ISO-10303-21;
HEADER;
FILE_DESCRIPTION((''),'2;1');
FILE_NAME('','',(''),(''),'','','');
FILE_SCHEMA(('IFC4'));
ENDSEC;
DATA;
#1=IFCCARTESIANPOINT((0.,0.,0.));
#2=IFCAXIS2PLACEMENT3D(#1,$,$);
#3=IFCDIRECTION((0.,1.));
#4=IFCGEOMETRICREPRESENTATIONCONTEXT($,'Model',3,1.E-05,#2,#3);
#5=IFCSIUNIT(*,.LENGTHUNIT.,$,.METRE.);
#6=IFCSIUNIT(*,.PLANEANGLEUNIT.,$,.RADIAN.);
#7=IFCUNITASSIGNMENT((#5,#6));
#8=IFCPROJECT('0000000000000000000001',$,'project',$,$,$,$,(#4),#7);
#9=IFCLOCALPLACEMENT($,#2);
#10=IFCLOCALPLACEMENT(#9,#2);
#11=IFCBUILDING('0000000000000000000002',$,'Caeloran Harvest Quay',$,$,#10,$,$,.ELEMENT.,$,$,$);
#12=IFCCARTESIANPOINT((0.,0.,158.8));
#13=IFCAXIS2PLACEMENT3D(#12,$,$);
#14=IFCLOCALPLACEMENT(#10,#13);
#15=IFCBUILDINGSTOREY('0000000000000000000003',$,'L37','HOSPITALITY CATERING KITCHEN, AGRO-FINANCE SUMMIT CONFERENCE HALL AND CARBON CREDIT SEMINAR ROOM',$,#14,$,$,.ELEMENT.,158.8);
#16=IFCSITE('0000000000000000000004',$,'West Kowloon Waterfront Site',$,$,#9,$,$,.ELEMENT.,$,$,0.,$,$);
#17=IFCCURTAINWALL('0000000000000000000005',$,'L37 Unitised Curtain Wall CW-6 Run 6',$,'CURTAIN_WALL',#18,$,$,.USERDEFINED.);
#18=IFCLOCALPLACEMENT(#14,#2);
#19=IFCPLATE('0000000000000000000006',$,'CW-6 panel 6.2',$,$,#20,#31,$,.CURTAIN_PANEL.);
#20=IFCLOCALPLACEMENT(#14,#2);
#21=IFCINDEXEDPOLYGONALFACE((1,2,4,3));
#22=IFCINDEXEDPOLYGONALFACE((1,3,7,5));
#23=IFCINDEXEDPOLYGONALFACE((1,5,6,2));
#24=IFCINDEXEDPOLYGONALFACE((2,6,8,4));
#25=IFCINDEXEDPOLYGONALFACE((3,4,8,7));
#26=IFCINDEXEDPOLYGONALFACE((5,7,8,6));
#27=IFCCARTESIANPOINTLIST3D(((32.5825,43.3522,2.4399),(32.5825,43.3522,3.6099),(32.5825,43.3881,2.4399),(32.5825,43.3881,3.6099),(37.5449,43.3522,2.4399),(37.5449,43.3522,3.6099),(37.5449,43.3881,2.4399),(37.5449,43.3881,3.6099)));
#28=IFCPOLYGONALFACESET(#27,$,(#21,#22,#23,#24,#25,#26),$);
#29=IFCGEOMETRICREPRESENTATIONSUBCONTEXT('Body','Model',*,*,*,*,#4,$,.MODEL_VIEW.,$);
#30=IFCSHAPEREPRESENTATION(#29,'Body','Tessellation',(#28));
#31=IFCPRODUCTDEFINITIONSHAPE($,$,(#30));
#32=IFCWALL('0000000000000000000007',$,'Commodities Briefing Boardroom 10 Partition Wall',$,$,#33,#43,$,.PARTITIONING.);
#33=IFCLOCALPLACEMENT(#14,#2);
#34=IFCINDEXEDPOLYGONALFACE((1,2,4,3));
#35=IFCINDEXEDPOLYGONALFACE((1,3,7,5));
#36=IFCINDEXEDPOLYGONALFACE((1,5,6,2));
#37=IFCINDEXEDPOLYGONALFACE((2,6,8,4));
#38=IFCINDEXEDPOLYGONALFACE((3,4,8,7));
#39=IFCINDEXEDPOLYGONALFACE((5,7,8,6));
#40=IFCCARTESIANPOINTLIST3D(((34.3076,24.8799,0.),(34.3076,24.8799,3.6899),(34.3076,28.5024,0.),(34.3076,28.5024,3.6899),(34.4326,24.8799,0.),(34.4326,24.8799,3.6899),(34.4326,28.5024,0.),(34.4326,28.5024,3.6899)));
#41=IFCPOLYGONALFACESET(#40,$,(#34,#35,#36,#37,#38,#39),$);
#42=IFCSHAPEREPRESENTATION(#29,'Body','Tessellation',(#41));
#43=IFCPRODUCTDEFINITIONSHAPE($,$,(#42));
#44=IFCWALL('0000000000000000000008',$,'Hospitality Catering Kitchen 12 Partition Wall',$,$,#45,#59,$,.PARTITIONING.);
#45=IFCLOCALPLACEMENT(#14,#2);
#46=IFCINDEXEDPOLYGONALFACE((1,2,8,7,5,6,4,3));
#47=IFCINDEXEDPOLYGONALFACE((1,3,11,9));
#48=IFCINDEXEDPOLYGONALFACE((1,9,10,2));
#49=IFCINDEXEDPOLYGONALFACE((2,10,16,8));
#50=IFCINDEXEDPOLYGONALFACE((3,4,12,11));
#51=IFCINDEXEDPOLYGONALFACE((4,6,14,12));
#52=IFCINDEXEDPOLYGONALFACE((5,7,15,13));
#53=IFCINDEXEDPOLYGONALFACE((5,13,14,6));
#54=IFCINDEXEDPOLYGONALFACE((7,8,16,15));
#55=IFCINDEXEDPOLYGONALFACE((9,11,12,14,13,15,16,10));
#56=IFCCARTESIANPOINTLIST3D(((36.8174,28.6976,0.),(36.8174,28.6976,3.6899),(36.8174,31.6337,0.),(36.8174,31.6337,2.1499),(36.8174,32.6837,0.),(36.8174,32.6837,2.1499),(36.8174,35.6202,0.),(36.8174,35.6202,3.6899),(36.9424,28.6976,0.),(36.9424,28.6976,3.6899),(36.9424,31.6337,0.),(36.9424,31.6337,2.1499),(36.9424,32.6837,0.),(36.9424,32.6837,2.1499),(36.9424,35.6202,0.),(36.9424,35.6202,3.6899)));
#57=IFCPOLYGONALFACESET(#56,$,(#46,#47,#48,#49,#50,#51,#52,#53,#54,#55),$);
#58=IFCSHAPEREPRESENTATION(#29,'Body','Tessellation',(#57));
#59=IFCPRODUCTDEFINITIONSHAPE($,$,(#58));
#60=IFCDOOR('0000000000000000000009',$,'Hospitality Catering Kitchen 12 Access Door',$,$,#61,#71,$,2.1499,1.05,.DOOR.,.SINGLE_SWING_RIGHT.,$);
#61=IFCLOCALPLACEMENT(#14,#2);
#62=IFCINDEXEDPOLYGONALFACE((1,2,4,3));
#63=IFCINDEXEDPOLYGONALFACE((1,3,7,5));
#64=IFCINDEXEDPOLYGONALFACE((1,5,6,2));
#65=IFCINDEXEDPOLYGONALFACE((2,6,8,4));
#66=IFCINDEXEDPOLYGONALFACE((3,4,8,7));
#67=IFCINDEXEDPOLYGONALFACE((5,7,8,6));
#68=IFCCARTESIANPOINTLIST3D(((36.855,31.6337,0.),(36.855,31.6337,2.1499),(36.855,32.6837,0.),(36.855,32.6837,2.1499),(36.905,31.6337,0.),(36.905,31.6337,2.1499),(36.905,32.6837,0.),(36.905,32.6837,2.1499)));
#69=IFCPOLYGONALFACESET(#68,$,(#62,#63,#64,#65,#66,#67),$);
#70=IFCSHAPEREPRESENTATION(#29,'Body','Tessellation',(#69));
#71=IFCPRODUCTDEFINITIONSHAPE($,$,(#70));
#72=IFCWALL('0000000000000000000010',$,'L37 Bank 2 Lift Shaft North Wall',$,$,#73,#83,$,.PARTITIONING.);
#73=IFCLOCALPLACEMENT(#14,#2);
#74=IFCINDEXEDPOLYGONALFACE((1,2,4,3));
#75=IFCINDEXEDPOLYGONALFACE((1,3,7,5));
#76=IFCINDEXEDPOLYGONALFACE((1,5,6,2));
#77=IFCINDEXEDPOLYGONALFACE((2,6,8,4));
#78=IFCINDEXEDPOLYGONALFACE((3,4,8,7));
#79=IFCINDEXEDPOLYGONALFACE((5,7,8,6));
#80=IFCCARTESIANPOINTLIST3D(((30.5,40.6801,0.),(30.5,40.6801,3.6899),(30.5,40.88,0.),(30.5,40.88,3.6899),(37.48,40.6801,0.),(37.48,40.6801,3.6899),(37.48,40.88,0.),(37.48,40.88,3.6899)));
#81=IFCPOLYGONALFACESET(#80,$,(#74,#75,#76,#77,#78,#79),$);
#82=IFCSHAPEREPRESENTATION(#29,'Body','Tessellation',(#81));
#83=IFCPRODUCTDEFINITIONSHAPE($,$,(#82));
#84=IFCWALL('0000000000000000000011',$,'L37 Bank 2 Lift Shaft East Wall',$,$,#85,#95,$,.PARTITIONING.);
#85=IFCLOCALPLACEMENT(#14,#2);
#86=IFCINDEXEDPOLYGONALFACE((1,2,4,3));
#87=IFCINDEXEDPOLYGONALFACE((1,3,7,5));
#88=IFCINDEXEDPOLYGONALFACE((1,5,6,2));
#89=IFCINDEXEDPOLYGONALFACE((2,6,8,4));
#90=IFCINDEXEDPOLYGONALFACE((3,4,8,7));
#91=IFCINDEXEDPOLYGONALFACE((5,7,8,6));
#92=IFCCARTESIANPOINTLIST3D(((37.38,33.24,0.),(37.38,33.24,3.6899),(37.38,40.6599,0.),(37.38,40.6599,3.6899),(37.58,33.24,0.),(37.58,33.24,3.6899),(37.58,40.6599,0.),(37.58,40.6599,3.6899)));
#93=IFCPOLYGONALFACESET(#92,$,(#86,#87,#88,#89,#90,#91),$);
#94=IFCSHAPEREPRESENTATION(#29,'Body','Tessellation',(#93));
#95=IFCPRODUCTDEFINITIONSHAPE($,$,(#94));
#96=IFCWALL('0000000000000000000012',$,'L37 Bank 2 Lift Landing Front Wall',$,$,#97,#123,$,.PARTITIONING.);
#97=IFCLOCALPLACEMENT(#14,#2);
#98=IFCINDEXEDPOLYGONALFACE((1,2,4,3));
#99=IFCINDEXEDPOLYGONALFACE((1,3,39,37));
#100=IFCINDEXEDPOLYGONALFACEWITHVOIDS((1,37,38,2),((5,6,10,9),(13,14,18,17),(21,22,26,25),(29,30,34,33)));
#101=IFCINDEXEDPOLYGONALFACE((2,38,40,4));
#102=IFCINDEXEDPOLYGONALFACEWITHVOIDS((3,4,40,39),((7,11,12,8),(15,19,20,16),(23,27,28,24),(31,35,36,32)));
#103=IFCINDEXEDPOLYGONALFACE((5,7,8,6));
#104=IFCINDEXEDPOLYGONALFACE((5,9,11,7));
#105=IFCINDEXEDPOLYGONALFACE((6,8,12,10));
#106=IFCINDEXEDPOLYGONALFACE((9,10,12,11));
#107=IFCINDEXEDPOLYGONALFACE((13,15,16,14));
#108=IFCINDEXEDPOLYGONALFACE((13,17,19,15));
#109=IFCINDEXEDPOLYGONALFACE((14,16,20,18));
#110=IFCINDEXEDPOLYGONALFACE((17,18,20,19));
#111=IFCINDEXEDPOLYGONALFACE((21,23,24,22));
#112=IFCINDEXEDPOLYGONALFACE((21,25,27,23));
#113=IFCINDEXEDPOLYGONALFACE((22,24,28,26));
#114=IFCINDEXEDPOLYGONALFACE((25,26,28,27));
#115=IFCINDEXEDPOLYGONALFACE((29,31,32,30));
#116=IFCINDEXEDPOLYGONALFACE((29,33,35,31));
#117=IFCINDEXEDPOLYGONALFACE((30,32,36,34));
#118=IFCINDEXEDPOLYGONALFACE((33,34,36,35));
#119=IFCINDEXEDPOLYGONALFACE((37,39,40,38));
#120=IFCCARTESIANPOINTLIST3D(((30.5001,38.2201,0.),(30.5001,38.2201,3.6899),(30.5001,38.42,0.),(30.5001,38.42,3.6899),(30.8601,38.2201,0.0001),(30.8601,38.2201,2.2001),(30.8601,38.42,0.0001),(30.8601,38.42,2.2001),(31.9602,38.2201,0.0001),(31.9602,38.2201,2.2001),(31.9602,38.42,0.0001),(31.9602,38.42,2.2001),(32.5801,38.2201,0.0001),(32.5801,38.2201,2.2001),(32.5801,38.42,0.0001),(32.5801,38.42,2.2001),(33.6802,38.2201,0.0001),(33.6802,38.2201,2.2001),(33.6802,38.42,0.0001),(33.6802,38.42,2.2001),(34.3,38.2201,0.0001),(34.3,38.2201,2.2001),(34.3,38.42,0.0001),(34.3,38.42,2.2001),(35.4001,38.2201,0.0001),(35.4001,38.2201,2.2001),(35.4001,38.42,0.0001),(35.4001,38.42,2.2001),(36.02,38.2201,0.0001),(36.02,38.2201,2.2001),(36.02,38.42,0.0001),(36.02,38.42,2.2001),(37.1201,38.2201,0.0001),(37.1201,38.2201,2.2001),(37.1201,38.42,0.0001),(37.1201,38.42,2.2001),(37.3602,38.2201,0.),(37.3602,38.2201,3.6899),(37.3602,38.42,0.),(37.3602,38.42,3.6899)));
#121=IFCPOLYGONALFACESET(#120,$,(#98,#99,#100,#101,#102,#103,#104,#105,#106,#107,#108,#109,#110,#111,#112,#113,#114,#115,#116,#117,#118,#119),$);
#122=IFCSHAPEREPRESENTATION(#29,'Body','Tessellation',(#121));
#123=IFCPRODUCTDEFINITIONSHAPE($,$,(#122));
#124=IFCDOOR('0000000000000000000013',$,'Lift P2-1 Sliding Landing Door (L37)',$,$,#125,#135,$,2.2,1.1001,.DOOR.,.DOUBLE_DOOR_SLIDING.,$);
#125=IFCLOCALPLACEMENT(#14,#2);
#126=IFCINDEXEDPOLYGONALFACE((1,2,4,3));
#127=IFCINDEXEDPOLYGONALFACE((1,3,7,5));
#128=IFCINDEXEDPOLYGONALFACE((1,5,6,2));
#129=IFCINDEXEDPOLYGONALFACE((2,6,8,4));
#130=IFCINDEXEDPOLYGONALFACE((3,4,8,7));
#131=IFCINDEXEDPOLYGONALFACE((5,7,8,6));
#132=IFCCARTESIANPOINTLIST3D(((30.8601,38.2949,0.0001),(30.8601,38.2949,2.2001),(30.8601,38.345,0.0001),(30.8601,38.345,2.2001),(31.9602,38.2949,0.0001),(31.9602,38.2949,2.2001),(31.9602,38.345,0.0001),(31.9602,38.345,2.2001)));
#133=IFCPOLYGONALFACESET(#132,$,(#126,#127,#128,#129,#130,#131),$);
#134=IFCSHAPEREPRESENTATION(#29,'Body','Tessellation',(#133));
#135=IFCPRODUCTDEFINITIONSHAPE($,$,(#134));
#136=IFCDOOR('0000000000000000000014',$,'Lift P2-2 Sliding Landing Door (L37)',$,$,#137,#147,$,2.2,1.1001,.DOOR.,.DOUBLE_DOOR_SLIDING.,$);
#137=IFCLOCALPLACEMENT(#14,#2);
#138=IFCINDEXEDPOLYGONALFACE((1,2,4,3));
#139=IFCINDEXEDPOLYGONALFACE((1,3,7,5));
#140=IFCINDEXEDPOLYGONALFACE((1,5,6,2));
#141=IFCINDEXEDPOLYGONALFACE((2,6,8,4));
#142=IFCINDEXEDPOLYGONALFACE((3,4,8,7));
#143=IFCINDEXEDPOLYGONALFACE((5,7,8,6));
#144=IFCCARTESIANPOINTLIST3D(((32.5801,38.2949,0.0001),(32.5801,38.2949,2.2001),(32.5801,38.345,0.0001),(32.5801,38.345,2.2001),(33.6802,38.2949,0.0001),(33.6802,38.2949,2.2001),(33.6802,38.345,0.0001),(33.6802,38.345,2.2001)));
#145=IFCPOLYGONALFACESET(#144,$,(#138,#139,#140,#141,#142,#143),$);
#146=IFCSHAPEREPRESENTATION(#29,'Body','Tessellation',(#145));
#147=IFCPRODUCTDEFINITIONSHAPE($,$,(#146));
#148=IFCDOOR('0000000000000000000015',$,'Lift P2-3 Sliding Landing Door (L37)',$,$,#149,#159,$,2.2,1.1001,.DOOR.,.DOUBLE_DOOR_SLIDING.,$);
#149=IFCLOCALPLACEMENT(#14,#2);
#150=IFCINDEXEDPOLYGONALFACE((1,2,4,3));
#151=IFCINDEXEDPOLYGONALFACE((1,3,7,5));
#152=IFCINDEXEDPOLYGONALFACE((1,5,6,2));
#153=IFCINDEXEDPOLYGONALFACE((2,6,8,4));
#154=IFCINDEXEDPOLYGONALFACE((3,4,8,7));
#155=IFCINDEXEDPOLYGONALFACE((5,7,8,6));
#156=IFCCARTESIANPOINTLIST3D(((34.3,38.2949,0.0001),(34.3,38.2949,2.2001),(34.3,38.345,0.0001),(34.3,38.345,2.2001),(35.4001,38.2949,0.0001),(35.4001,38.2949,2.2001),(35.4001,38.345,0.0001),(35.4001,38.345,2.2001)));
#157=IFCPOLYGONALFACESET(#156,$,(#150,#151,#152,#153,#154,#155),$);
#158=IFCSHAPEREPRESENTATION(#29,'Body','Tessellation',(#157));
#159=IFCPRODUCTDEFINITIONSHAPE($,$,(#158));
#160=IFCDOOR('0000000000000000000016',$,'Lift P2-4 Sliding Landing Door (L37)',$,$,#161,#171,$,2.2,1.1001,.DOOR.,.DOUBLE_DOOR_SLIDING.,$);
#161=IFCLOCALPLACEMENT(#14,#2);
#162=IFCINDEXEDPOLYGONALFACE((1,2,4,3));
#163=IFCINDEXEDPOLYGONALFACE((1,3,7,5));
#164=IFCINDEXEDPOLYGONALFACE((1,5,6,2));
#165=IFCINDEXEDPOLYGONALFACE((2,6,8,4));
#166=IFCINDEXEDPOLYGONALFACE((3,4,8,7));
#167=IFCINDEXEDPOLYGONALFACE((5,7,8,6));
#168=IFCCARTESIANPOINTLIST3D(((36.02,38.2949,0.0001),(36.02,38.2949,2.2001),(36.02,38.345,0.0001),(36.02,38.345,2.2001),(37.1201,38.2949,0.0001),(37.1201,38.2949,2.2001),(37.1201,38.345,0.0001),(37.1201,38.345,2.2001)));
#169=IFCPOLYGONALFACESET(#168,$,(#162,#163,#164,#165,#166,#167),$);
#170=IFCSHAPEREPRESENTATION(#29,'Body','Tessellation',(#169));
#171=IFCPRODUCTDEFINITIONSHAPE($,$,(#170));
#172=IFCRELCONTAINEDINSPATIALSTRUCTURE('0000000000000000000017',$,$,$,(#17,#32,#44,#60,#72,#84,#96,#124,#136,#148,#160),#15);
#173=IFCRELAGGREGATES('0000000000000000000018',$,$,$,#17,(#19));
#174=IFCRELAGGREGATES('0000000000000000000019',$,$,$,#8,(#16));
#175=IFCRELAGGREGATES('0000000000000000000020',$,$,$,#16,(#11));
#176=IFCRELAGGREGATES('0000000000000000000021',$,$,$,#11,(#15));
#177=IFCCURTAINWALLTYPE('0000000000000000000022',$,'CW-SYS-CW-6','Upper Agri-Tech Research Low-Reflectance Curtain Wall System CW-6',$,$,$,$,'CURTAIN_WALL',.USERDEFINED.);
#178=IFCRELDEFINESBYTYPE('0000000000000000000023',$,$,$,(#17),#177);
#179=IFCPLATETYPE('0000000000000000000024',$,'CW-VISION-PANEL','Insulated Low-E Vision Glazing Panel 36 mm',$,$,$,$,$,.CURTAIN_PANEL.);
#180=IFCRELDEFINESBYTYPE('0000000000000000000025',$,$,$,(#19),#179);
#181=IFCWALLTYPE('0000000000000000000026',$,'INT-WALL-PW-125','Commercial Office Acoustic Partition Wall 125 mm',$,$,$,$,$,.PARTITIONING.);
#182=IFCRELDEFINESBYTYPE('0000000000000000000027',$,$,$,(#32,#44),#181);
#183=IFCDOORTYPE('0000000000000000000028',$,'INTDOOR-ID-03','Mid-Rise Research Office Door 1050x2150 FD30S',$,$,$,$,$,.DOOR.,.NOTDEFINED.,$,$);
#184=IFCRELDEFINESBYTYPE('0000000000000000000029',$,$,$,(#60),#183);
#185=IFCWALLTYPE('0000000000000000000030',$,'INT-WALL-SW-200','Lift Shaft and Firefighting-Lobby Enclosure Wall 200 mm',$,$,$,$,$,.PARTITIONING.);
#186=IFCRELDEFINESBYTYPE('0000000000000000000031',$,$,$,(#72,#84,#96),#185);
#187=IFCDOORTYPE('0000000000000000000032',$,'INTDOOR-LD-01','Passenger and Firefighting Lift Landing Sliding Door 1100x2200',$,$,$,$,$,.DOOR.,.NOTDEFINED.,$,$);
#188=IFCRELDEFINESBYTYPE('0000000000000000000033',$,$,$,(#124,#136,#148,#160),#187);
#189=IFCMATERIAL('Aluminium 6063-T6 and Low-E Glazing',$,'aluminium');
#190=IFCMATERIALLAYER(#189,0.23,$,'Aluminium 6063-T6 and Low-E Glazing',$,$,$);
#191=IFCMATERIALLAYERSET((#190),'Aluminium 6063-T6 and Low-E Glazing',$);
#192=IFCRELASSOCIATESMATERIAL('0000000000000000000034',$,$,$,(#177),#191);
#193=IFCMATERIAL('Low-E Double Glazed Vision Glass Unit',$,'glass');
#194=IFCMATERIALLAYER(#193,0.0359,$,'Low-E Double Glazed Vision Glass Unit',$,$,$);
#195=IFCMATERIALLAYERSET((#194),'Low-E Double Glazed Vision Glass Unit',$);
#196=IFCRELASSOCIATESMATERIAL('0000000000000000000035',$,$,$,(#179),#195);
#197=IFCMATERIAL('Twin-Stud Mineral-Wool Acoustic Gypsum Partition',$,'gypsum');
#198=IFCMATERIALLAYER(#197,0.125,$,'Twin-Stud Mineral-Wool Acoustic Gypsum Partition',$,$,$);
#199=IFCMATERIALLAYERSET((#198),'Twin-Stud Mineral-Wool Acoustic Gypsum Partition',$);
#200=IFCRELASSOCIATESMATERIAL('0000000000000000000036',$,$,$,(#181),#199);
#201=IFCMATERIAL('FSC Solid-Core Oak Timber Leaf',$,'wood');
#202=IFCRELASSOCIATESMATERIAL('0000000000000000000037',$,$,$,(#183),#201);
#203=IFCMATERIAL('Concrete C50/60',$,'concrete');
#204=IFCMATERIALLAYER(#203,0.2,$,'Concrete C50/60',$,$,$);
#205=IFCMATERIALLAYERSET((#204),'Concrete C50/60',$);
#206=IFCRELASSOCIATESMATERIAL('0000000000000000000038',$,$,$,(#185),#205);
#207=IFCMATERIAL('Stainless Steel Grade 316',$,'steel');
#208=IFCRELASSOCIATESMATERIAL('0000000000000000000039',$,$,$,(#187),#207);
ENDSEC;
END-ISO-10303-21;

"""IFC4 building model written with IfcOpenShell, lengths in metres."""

from ifc_helpers import new_model, si_unit, direction, frame, frame_2d, origin, origin_2d, place, context, subcontext, project, spatial, rectangle, extrude, material, layer, layer_set, type_object, element, fill, aggregate, save


model = new_model("IFC4")

# Units and contexts
model_context = context("Model", 3, precision=1e-05, world=origin(), true_north=direction((0.0, 1.0)))
body_context = subcontext(model_context, "Body", "Model", "MODEL_VIEW")
ifc_project = project(units=[si_unit("LENGTHUNIT", "METRE"), si_unit("PLANEANGLEUNIT", "RADIAN")], contexts=[model_context])

# Site, building, storey
site_placement = place(None, origin())
site = spatial("IfcSite", under=ifc_project, at=site_placement, Name="West Kowloon Waterfront Site", CompositionType="ELEMENT", RefElevation=0.0)
building_placement = place(site_placement, origin())
building = spatial("IfcBuilding", under=site, at=building_placement, Name="Caeloran Harvest Quay", CompositionType="ELEMENT")
storey_placement = place(building_placement, frame((0.0, 0.0, 158.8)))
storey = spatial("IfcBuildingStorey", under=building, at=storey_placement, Name="L37", Description="HOSPITALITY CATERING KITCHEN, AGRO-FINANCE SUMMIT CONFERENCE HALL AND CARBON CREDIT SEMINAR ROOM", CompositionType="ELEMENT", Elevation=158.8)

# Curtain wall, plate
ifc_material_1 = material(Name="Aluminium 6063-T6 and Low-E Glazing", Category="aluminium")
ifc_layer_1 = layer(ifc_material_1, 0.23, Name="Aluminium 6063-T6 and Low-E Glazing")
ifc_layer_set_1 = layer_set([ifc_layer_1], Name="Aluminium 6063-T6 and Low-E Glazing")
curtain_wall_type = type_object("IfcCurtainWallType", Name="CW-SYS-CW-6", Description="Upper Agri-Tech Research Low-Reflectance Curtain Wall System CW-6", ElementType="CURTAIN_WALL", PredefinedType="USERDEFINED", material=ifc_layer_set_1)
curtain_wall_placement = place(storey_placement, origin())
curtain_wall = element("IfcCurtainWall", 1, at=curtain_wall_placement, inside=storey, type_object=curtain_wall_type, Name="L37 Unitised Curtain Wall CW-6 Run 6", ObjectType="CURTAIN_WALL", PredefinedType="USERDEFINED")
ifc_material_2 = material(Name="Low-E Double Glazed Vision Glass Unit", Category="glass")
ifc_layer_2 = layer(ifc_material_2, 0.0359, Name="Low-E Double Glazed Vision Glass Unit")
ifc_layer_set_2 = layer_set([ifc_layer_2], Name="Low-E Double Glazed Vision Glass Unit")
plate_type = type_object("IfcPlateType", Name="CW-VISION-PANEL", Description="Insulated Low-E Vision Glazing Panel 36 mm", PredefinedType="CURTAIN_PANEL", material=ifc_layer_set_2)
plate_1_placement = place(storey_placement, frame((35.0637, 43.3701, 2.4399), z_axis=(0.0, 0.0, 1.0), x_axis=(1.0, 0.0, 0.0)))
plate_1 = element("IfcPlate", 2, at=plate_1_placement, type_object=plate_type, Name="CW-6 panel 6.2", PredefinedType="CURTAIN_PANEL", context=body_context, shape_type="SweptSolid", body=[
    extrude(rectangle(XDim=4.9624, YDim=0.0359, at=origin_2d()), origin(), (0.0, 0.0, 1.0), 1.1699),
])
aggregate(curtain_wall, [plate_1])

# Wall
ifc_material_3 = material(Name="Twin-Stud Mineral-Wool Acoustic Gypsum Partition", Category="gypsum")
ifc_layer_3 = layer(ifc_material_3, 0.125, Name="Twin-Stud Mineral-Wool Acoustic Gypsum Partition")
ifc_layer_set_3 = layer_set([ifc_layer_3], Name="Twin-Stud Mineral-Wool Acoustic Gypsum Partition")
wall_type_1 = type_object("IfcWallType", Name="INT-WALL-PW-125", Description="Commercial Office Acoustic Partition Wall 125 mm", PredefinedType="PARTITIONING", material=ifc_layer_set_3)
wall_1_placement = place(storey_placement, frame((34.3701, 28.5024, 0.0), z_axis=(0.0, 0.0, 1.0), x_axis=(0.0, -1.0, 0.0)))
element("IfcWall", 3, at=wall_1_placement, inside=storey, type_object=wall_type_1, Name="Commodities Briefing Boardroom 10 Partition Wall", PredefinedType="PARTITIONING", context=body_context, shape_type="SweptSolid", body=[
    extrude(rectangle(XDim=3.6226, YDim=0.125, at=frame_2d((1.8113, 0.0))), origin(), (0.0, 0.0, 1.0), 3.6899),
])

# Wall, opening, door
wall_2_placement = place(storey_placement, frame((36.8799, 28.6975, 0.0), z_axis=(0.0, 0.0, 1.0), x_axis=(0.0, 1.0, 0.0)))
wall_2 = element("IfcWall", 4, at=wall_2_placement, inside=storey, type_object=wall_type_1, Name="Hospitality Catering Kitchen 12 Partition Wall", PredefinedType="PARTITIONING", context=body_context, shape_type="SweptSolid", body=[
    extrude(rectangle(XDim=6.9226, YDim=0.125, at=frame_2d((3.4614, 0.0))), origin(), (0.0, 0.0, 1.0), 3.6899),
])
opening_1_placement = place(wall_2_placement, frame((2.9363, 0.0, 0.0)))
opening_1 = element("IfcOpeningElement", 5, at=opening_1_placement, cuts=wall_2, PredefinedType="OPENING", context=body_context, shape_type="SweptSolid", body=[
    extrude(rectangle(XDim=1.05, YDim=2.1499, at=frame_2d((0.5249, 1.075))), frame((0.0, 0.0725, 0.0), z_axis=(0.0, -1.0, 0.0), x_axis=(1.0, 0.0, 0.0)), (0.0, 0.0, 1.0), 0.145),
])
ifc_material_4 = material(Name="FSC Solid-Core Oak Timber Leaf", Category="wood")
door_type_1 = type_object("IfcDoorType", Name="INTDOOR-ID-03", Description="Mid-Rise Research Office Door 1050x2150 FD30S", OperationType="NOTDEFINED", PredefinedType="DOOR", material=ifc_material_4)
door_1_placement = place(opening_1_placement, origin())
door_1 = element("IfcDoor", 6, at=door_1_placement, inside=storey, type_object=door_type_1, Name="Hospitality Catering Kitchen 12 Access Door", OperationType="SINGLE_SWING_RIGHT", OverallHeight=2.1499, OverallWidth=1.05, PredefinedType="DOOR", context=body_context, shape_type="SweptSolid", body=[
    extrude(rectangle(XDim=1.05, YDim=2.1499, at=frame_2d((0.5249, 1.075))), frame((0.0, 0.0249, 0.0), z_axis=(0.0, -1.0, 0.0), x_axis=(1.0, 0.0, 0.0)), (0.0, 0.0, 1.0), 0.05),
])
fill(opening_1, door_1)

# Walls
ifc_material_5 = material(Name="Concrete C50/60", Category="concrete")
ifc_layer_4 = layer(ifc_material_5, 0.2, Name="Concrete C50/60")
ifc_layer_set_4 = layer_set([ifc_layer_4], Name="Concrete C50/60")
wall_type_2 = type_object("IfcWallType", Name="INT-WALL-SW-200", Description="Lift Shaft and Firefighting-Lobby Enclosure Wall 200 mm", PredefinedType="PARTITIONING", material=ifc_layer_set_4)
wall_3_placement = place(storey_placement, frame((30.5, 40.78, 0.0), z_axis=(0.0, 0.0, 1.0), x_axis=(1.0, 0.0, 0.0)))
element("IfcWall", 7, at=wall_3_placement, inside=storey, type_object=wall_type_2, Name="L37 Bank 2 Lift Shaft North Wall", PredefinedType="PARTITIONING", context=body_context, shape_type="SweptSolid", body=[
    extrude(rectangle(XDim=6.98, YDim=0.2, at=frame_2d((3.49, 0.0))), origin(), (0.0, 0.0, 1.0), 3.6899),
])
wall_4_placement = place(storey_placement, frame((37.48, 33.24, 0.0), z_axis=(0.0, 0.0, 1.0), x_axis=(0.0, 1.0, 0.0)))
element("IfcWall", 8, at=wall_4_placement, inside=storey, type_object=wall_type_2, Name="L37 Bank 2 Lift Shaft East Wall", PredefinedType="PARTITIONING", context=body_context, shape_type="SweptSolid", body=[
    extrude(rectangle(XDim=7.4199, YDim=0.2, at=frame_2d((3.71, 0.0))), origin(), (0.0, 0.0, 1.0), 3.6899),
])

# Wall, openings, doors
wall_5_placement = place(storey_placement, frame((30.5, 38.3201, 0.0), z_axis=(0.0, 0.0, 1.0), x_axis=(1.0, 0.0, 0.0)))
wall_5 = element("IfcWall", 9, at=wall_5_placement, inside=storey, type_object=wall_type_2, Name="L37 Bank 2 Lift Landing Front Wall", PredefinedType="PARTITIONING", context=body_context, shape_type="SweptSolid", body=[
    extrude(rectangle(XDim=6.8601, YDim=0.2, at=frame_2d((3.4302, 0.0))), origin(), (0.0, 0.0, 1.0), 3.6899),
])
opening_2_placement = place(wall_5_placement, frame((0.3601, 0.0, 0.0)))
opening_2 = element("IfcOpeningElement", 10, at=opening_2_placement, cuts=wall_5, PredefinedType="OPENING", context=body_context, shape_type="SweptSolid", body=[
    extrude(rectangle(XDim=1.1001, YDim=2.2, at=frame_2d((0.55, 1.1001))), frame((0.0, 0.1099, 0.0), z_axis=(0.0, -1.0, 0.0), x_axis=(1.0, 0.0, 0.0)), (0.0, 0.0, 1.0), 0.22),
])
opening_3_placement = place(wall_5_placement, frame((2.0801, 0.0, 0.0)))
opening_3 = element("IfcOpeningElement", 11, at=opening_3_placement, cuts=wall_5, PredefinedType="OPENING", context=body_context, shape_type="SweptSolid", body=[
    extrude(rectangle(XDim=1.1001, YDim=2.2, at=frame_2d((0.55, 1.1001))), frame((0.0, 0.1099, 0.0), z_axis=(0.0, -1.0, 0.0), x_axis=(1.0, 0.0, 0.0)), (0.0, 0.0, 1.0), 0.22),
])
opening_4_placement = place(wall_5_placement, frame((3.8, 0.0, 0.0)))
opening_4 = element("IfcOpeningElement", 12, at=opening_4_placement, cuts=wall_5, PredefinedType="OPENING", context=body_context, shape_type="SweptSolid", body=[
    extrude(rectangle(XDim=1.1001, YDim=2.2, at=frame_2d((0.55, 1.1001))), frame((0.0, 0.1099, 0.0), z_axis=(0.0, -1.0, 0.0), x_axis=(1.0, 0.0, 0.0)), (0.0, 0.0, 1.0), 0.22),
])
opening_5_placement = place(wall_5_placement, frame((5.52, 0.0, 0.0)))
opening_5 = element("IfcOpeningElement", 13, at=opening_5_placement, cuts=wall_5, PredefinedType="OPENING", context=body_context, shape_type="SweptSolid", body=[
    extrude(rectangle(XDim=1.1001, YDim=2.2, at=frame_2d((0.55, 1.1001))), frame((0.0, 0.1099, 0.0), z_axis=(0.0, -1.0, 0.0), x_axis=(1.0, 0.0, 0.0)), (0.0, 0.0, 1.0), 0.22),
])
ifc_material_6 = material(Name="Stainless Steel Grade 316", Category="steel")
door_type_2 = type_object("IfcDoorType", Name="INTDOOR-LD-01", Description="Passenger and Firefighting Lift Landing Sliding Door 1100x2200", OperationType="NOTDEFINED", PredefinedType="DOOR", material=ifc_material_6)
door_2_placement = place(opening_2_placement, origin())
door_2 = element("IfcDoor", 14, at=door_2_placement, inside=storey, type_object=door_type_2, Name="Lift P2-1 Sliding Landing Door (L37)", OperationType="DOUBLE_DOOR_SLIDING", OverallHeight=2.2, OverallWidth=1.1001, PredefinedType="DOOR", context=body_context, shape_type="SweptSolid", body=[
    extrude(rectangle(XDim=1.1001, YDim=2.2, at=frame_2d((0.55, 1.1001))), frame((0.0, 0.0249, 0.0), z_axis=(0.0, -1.0, 0.0), x_axis=(1.0, 0.0, 0.0)), (0.0, 0.0, 1.0), 0.05),
])
fill(opening_2, door_2)
door_3_placement = place(opening_3_placement, origin())
door_3 = element("IfcDoor", 15, at=door_3_placement, inside=storey, type_object=door_type_2, Name="Lift P2-2 Sliding Landing Door (L37)", OperationType="DOUBLE_DOOR_SLIDING", OverallHeight=2.2, OverallWidth=1.1001, PredefinedType="DOOR", context=body_context, shape_type="SweptSolid", body=[
    extrude(rectangle(XDim=1.1001, YDim=2.2, at=frame_2d((0.55, 1.1001))), frame((0.0, 0.0249, 0.0), z_axis=(0.0, -1.0, 0.0), x_axis=(1.0, 0.0, 0.0)), (0.0, 0.0, 1.0), 0.05),
])
fill(opening_3, door_3)
door_4_placement = place(opening_4_placement, origin())
door_4 = element("IfcDoor", 16, at=door_4_placement, inside=storey, type_object=door_type_2, Name="Lift P2-3 Sliding Landing Door (L37)", OperationType="DOUBLE_DOOR_SLIDING", OverallHeight=2.2, OverallWidth=1.1001, PredefinedType="DOOR", context=body_context, shape_type="SweptSolid", body=[
    extrude(rectangle(XDim=1.1001, YDim=2.2, at=frame_2d((0.55, 1.1001))), frame((0.0, 0.0249, 0.0), z_axis=(0.0, -1.0, 0.0), x_axis=(1.0, 0.0, 0.0)), (0.0, 0.0, 1.0), 0.05),
])
fill(opening_4, door_4)
door_5_placement = place(opening_5_placement, origin())
door_5 = element("IfcDoor", 17, at=door_5_placement, inside=storey, type_object=door_type_2, Name="Lift P2-4 Sliding Landing Door (L37)", OperationType="DOUBLE_DOOR_SLIDING", OverallHeight=2.2, OverallWidth=1.1001, PredefinedType="DOOR", context=body_context, shape_type="SweptSolid", body=[
    extrude(rectangle(XDim=1.1001, YDim=2.2, at=frame_2d((0.55, 1.1001))), frame((0.0, 0.0249, 0.0), z_axis=(0.0, -1.0, 0.0), x_axis=(1.0, 0.0, 0.0)), (0.0, 0.0, 1.0), 0.05),
])
fill(opening_5, door_5)

save(model, "model.ifc")
